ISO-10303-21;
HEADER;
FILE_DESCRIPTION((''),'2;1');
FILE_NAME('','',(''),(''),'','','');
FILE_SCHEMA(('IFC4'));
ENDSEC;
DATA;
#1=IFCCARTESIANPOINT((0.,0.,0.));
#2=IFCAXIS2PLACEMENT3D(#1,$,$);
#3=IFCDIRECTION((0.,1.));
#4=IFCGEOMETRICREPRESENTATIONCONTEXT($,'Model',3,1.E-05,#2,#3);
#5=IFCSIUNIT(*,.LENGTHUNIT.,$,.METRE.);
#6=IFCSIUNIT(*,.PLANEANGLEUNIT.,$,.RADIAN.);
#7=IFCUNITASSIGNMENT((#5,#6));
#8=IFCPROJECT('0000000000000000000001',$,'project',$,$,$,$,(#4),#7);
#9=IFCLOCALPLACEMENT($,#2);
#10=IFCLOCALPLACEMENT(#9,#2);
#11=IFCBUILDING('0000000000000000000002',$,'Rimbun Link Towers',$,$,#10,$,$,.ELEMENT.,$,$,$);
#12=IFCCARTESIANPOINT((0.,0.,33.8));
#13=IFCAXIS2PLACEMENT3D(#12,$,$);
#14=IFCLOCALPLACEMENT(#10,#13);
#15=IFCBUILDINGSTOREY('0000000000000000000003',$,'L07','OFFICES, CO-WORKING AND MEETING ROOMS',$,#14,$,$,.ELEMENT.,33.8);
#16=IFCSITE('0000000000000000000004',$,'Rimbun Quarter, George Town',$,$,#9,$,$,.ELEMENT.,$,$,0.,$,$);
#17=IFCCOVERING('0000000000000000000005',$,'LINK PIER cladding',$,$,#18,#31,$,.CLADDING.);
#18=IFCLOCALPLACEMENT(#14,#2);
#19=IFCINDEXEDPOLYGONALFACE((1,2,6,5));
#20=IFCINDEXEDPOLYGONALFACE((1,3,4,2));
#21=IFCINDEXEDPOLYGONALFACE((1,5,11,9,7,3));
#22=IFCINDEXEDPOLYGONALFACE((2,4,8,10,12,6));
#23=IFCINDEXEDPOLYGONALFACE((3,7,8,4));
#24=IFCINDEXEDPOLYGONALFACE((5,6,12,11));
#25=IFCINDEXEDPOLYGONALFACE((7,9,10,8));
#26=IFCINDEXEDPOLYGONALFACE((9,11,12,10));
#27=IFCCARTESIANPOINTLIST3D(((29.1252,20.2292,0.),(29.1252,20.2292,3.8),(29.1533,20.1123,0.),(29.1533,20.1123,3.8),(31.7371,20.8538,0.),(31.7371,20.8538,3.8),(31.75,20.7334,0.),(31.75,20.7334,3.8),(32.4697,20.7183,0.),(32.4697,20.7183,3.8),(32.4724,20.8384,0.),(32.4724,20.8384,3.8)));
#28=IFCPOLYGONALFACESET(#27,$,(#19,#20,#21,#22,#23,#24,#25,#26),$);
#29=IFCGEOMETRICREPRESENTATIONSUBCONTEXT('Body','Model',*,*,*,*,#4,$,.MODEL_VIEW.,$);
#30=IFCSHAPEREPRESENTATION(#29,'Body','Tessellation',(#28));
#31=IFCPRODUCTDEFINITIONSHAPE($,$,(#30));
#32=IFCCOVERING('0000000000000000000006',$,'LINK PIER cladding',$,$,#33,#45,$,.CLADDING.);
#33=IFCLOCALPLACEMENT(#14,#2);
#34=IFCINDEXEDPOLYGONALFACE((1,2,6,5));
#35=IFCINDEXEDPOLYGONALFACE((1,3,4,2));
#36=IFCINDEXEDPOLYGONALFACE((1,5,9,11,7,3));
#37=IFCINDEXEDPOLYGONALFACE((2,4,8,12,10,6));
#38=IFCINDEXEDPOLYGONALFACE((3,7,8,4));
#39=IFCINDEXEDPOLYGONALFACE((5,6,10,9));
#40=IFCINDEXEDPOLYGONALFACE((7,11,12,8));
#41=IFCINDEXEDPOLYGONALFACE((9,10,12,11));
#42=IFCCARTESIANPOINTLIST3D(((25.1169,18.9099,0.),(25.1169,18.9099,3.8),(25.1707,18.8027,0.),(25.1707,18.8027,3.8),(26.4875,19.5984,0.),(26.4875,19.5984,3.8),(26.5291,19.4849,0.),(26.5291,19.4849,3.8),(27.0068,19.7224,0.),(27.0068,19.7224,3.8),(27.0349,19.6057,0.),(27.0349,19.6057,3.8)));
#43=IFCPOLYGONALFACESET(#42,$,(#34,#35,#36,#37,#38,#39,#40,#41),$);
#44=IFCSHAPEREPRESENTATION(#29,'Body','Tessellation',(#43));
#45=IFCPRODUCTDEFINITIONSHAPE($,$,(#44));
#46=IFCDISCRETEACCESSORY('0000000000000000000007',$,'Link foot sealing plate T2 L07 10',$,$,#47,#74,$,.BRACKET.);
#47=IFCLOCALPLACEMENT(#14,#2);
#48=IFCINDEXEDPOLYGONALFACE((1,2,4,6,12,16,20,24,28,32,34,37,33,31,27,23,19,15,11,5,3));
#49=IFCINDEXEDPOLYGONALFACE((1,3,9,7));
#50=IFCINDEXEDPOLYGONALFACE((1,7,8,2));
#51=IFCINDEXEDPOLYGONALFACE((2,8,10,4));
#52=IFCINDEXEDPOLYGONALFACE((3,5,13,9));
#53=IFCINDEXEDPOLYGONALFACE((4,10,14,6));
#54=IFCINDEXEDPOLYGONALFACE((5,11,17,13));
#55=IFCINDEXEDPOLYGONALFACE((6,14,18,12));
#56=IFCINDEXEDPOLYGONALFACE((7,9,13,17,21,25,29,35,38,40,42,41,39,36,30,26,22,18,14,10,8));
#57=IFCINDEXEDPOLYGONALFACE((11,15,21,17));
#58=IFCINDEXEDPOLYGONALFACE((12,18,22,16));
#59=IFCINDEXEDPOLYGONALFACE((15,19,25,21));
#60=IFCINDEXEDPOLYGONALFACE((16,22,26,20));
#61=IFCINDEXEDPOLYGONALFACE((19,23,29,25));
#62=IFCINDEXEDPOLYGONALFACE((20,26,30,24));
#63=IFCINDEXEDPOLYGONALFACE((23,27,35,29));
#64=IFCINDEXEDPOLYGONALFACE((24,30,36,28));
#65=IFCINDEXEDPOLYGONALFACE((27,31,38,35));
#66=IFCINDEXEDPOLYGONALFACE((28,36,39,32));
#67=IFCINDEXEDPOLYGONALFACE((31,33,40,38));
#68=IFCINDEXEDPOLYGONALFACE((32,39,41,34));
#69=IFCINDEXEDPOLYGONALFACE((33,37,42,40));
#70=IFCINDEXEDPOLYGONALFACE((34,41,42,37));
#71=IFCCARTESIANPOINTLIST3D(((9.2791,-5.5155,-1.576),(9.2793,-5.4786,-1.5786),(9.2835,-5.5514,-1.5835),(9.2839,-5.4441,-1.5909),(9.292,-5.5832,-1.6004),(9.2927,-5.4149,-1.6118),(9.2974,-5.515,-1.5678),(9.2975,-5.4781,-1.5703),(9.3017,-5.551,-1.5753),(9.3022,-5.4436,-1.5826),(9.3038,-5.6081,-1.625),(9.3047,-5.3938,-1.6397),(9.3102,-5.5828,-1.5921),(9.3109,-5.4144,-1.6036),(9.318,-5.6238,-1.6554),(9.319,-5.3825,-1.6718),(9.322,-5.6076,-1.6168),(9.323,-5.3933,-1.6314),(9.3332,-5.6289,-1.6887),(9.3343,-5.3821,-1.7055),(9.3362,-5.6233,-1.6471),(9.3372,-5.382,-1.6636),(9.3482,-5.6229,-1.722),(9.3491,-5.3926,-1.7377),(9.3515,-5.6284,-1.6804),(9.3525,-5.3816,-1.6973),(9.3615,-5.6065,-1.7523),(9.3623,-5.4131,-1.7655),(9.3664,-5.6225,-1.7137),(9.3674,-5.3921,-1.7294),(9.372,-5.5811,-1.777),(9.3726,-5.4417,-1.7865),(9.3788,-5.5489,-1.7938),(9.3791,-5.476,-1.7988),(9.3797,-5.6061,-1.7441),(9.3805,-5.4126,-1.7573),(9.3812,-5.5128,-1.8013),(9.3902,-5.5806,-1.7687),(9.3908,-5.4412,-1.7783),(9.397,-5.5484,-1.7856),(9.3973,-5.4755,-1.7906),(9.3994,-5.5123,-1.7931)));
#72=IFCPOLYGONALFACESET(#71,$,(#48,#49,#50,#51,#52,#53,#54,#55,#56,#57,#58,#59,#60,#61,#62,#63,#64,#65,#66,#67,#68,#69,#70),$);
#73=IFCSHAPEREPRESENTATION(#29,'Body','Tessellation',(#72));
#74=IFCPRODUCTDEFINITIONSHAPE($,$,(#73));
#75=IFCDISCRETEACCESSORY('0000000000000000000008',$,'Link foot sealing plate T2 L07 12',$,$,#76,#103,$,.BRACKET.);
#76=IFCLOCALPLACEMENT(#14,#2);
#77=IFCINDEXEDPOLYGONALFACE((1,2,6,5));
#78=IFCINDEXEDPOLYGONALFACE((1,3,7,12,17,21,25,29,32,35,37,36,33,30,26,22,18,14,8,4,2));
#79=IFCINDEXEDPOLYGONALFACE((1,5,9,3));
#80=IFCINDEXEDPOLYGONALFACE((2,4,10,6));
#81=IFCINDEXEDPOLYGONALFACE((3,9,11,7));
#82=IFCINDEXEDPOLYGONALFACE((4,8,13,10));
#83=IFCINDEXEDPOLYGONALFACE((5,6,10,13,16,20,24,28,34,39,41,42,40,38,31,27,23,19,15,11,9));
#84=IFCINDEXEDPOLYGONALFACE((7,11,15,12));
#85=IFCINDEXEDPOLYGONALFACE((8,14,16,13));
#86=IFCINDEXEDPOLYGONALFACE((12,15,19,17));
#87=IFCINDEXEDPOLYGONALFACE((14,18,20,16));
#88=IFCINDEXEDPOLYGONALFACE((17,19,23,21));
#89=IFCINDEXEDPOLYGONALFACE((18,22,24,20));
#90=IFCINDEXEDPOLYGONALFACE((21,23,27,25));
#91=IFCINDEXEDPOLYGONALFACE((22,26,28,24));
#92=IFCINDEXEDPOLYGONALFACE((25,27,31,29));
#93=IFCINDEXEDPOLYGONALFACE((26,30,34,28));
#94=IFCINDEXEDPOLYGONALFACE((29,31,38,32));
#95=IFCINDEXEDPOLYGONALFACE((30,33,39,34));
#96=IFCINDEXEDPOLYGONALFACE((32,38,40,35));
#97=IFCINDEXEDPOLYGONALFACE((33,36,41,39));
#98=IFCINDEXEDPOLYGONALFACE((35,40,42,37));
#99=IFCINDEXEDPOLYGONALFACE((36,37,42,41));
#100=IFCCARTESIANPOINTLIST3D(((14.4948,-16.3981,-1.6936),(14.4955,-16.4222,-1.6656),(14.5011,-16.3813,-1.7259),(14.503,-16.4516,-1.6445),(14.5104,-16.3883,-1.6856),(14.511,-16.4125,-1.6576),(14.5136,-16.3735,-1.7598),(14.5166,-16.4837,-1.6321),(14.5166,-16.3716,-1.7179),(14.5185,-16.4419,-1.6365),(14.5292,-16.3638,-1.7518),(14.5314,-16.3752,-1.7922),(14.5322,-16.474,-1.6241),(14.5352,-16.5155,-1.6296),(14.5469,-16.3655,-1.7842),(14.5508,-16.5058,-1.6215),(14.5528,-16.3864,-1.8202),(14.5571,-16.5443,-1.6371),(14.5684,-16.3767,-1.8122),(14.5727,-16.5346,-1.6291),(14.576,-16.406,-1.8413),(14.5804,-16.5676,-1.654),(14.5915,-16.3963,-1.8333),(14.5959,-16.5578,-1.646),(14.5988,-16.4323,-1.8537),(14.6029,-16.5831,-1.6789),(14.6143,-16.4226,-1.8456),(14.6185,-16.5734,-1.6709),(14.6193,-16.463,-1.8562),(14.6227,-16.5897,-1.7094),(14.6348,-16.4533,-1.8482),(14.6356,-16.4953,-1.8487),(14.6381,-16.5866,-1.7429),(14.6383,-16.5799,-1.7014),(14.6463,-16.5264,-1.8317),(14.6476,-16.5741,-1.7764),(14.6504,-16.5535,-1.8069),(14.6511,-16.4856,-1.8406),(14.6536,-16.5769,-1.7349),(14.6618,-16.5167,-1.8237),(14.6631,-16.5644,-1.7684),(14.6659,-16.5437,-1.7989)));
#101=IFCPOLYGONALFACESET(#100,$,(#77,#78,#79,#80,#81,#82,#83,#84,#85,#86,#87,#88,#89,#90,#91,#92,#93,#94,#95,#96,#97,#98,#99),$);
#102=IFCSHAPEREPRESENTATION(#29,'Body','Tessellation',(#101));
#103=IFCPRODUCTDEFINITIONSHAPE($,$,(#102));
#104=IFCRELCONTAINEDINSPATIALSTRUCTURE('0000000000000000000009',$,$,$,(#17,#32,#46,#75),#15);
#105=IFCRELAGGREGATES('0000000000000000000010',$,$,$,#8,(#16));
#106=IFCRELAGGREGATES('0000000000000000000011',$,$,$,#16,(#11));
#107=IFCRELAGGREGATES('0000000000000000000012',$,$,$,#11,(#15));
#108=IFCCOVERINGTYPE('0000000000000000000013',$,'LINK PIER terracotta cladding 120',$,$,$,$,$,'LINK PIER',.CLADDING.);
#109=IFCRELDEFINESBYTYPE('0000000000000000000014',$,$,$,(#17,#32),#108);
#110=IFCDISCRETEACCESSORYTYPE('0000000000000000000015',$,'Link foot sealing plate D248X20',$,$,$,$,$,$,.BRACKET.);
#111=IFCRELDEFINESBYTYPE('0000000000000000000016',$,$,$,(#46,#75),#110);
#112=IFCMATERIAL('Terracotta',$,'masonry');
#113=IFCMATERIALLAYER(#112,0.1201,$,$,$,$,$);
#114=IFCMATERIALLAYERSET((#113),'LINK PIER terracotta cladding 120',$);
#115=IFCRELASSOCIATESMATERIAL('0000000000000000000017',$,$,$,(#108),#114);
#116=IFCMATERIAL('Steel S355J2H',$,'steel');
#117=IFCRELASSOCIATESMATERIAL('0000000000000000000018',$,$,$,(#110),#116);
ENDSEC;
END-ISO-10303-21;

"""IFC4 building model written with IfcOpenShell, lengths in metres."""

from ifc_helpers import new_model, si_unit, direction, frame, origin, origin_2d, place, context, subcontext, project, spatial, polyline, circle, outline, extrude, material, layer, layer_set, material_profile, profile_set, type_object, element, save


model = new_model("IFC4")

# Units and contexts
model_context = context("Model", 3, precision=1e-05, world=origin(), true_north=direction((0.0, 1.0)))
body_context = subcontext(model_context, "Body", "Model", "MODEL_VIEW")
ifc_project = project(units=[si_unit("LENGTHUNIT", "METRE"), si_unit("PLANEANGLEUNIT", "RADIAN")], contexts=[model_context])

# Site, building, storey
site_placement = place(None, origin())
site = spatial("IfcSite", under=ifc_project, at=site_placement, Name="Rimbun Quarter, George Town", CompositionType="ELEMENT", RefElevation=0.0)
building_placement = place(site_placement, origin())
building = spatial("IfcBuilding", under=site, at=building_placement, Name="Rimbun Link Towers", CompositionType="ELEMENT")
storey_placement = place(building_placement, frame((0.0, 0.0, 33.8)))
storey = spatial("IfcBuildingStorey", under=building, at=storey_placement, Name="L07", Description="OFFICES, CO-WORKING AND MEETING ROOMS", CompositionType="ELEMENT", Elevation=33.8)

# Coverings
ifc_material_1 = material(Name="Terracotta", Category="masonry")
ifc_layer_1 = layer(ifc_material_1, 0.1201)
ifc_layer_set_1 = layer_set([ifc_layer_1], Name="LINK PIER terracotta cladding 120")
covering_type_1 = type_object("IfcCoveringType", Name="LINK PIER terracotta cladding 120", ElementType="LINK PIER", PredefinedType="CLADDING", material=ifc_layer_set_1)
covering_1_placement = place(storey_placement, origin())
element("IfcCovering", 1, at=covering_1_placement, inside=storey, type_object=covering_type_1, Name="LINK PIER cladding", PredefinedType="CLADDING", context=body_context, shape_type="SweptSolid", body=[
    extrude(outline(polyline([(29.1533, 20.1123), (31.75, 20.7334), (32.4697, 20.7183), (32.4724, 20.8384), (31.7371, 20.8538), (29.1252, 20.2292), (29.1533, 20.1123)])), origin(), (0.0, 0.0, 1.0), 3.8),
])
covering_2_placement = place(storey_placement, origin())
element("IfcCovering", 2, at=covering_2_placement, inside=storey, type_object=covering_type_1, Name="LINK PIER cladding", PredefinedType="CLADDING", context=body_context, shape_type="SweptSolid", body=[
    extrude(outline(polyline([(25.1707, 18.8027), (26.5291, 19.4849), (27.0349, 19.6057), (27.0068, 19.7224), (26.4875, 19.5984), (25.1169, 18.9099), (25.1707, 18.8027)])), origin(), (0.0, 0.0, 1.0), 3.8),
])

# Discrete accessories
ifc_material_2 = material(Name="Steel S355J2H", Category="steel")
ifc_material_profile_1 = material_profile(ifc_material_2, circle(Radius=0.124, at=origin_2d()), Name="PL D248")
ifc_profile_set_1 = profile_set([ifc_material_profile_1], Name="Steel S355J2H")
discrete_accessory_type = type_object("IfcDiscreteAccessoryType", Name="Link foot sealing plate D248X20", PredefinedType="BRACKET", material=ifc_profile_set_1)
for number, where, z_axis, x_axis, name in (
    (3, (9.3481, -5.5044, -1.6804), (-0.910513, -0.02428, -0.412766), (0.026657, -0.999645, 0.0), "Link foot sealing plate T2 L07 10"),
    (4, (14.5879, -16.4717, -1.7349), (-0.776971, -0.485607, -0.400626), (0.529999, -0.847998, 0.0), "Link foot sealing plate T2 L07 12"),
):
    element("IfcDiscreteAccessory", number, at=place(storey_placement, frame(where, z_axis=z_axis, x_axis=x_axis)), inside=storey, type_object=discrete_accessory_type, Name=name, PredefinedType="BRACKET", context=body_context, shape_type="SweptSolid", body=[
        extrude(circle(Radius=0.124, at=origin_2d()), origin(), (0.0, 0.0, 1.0), 0.02),
    ])

save(model, "model.ifc")
